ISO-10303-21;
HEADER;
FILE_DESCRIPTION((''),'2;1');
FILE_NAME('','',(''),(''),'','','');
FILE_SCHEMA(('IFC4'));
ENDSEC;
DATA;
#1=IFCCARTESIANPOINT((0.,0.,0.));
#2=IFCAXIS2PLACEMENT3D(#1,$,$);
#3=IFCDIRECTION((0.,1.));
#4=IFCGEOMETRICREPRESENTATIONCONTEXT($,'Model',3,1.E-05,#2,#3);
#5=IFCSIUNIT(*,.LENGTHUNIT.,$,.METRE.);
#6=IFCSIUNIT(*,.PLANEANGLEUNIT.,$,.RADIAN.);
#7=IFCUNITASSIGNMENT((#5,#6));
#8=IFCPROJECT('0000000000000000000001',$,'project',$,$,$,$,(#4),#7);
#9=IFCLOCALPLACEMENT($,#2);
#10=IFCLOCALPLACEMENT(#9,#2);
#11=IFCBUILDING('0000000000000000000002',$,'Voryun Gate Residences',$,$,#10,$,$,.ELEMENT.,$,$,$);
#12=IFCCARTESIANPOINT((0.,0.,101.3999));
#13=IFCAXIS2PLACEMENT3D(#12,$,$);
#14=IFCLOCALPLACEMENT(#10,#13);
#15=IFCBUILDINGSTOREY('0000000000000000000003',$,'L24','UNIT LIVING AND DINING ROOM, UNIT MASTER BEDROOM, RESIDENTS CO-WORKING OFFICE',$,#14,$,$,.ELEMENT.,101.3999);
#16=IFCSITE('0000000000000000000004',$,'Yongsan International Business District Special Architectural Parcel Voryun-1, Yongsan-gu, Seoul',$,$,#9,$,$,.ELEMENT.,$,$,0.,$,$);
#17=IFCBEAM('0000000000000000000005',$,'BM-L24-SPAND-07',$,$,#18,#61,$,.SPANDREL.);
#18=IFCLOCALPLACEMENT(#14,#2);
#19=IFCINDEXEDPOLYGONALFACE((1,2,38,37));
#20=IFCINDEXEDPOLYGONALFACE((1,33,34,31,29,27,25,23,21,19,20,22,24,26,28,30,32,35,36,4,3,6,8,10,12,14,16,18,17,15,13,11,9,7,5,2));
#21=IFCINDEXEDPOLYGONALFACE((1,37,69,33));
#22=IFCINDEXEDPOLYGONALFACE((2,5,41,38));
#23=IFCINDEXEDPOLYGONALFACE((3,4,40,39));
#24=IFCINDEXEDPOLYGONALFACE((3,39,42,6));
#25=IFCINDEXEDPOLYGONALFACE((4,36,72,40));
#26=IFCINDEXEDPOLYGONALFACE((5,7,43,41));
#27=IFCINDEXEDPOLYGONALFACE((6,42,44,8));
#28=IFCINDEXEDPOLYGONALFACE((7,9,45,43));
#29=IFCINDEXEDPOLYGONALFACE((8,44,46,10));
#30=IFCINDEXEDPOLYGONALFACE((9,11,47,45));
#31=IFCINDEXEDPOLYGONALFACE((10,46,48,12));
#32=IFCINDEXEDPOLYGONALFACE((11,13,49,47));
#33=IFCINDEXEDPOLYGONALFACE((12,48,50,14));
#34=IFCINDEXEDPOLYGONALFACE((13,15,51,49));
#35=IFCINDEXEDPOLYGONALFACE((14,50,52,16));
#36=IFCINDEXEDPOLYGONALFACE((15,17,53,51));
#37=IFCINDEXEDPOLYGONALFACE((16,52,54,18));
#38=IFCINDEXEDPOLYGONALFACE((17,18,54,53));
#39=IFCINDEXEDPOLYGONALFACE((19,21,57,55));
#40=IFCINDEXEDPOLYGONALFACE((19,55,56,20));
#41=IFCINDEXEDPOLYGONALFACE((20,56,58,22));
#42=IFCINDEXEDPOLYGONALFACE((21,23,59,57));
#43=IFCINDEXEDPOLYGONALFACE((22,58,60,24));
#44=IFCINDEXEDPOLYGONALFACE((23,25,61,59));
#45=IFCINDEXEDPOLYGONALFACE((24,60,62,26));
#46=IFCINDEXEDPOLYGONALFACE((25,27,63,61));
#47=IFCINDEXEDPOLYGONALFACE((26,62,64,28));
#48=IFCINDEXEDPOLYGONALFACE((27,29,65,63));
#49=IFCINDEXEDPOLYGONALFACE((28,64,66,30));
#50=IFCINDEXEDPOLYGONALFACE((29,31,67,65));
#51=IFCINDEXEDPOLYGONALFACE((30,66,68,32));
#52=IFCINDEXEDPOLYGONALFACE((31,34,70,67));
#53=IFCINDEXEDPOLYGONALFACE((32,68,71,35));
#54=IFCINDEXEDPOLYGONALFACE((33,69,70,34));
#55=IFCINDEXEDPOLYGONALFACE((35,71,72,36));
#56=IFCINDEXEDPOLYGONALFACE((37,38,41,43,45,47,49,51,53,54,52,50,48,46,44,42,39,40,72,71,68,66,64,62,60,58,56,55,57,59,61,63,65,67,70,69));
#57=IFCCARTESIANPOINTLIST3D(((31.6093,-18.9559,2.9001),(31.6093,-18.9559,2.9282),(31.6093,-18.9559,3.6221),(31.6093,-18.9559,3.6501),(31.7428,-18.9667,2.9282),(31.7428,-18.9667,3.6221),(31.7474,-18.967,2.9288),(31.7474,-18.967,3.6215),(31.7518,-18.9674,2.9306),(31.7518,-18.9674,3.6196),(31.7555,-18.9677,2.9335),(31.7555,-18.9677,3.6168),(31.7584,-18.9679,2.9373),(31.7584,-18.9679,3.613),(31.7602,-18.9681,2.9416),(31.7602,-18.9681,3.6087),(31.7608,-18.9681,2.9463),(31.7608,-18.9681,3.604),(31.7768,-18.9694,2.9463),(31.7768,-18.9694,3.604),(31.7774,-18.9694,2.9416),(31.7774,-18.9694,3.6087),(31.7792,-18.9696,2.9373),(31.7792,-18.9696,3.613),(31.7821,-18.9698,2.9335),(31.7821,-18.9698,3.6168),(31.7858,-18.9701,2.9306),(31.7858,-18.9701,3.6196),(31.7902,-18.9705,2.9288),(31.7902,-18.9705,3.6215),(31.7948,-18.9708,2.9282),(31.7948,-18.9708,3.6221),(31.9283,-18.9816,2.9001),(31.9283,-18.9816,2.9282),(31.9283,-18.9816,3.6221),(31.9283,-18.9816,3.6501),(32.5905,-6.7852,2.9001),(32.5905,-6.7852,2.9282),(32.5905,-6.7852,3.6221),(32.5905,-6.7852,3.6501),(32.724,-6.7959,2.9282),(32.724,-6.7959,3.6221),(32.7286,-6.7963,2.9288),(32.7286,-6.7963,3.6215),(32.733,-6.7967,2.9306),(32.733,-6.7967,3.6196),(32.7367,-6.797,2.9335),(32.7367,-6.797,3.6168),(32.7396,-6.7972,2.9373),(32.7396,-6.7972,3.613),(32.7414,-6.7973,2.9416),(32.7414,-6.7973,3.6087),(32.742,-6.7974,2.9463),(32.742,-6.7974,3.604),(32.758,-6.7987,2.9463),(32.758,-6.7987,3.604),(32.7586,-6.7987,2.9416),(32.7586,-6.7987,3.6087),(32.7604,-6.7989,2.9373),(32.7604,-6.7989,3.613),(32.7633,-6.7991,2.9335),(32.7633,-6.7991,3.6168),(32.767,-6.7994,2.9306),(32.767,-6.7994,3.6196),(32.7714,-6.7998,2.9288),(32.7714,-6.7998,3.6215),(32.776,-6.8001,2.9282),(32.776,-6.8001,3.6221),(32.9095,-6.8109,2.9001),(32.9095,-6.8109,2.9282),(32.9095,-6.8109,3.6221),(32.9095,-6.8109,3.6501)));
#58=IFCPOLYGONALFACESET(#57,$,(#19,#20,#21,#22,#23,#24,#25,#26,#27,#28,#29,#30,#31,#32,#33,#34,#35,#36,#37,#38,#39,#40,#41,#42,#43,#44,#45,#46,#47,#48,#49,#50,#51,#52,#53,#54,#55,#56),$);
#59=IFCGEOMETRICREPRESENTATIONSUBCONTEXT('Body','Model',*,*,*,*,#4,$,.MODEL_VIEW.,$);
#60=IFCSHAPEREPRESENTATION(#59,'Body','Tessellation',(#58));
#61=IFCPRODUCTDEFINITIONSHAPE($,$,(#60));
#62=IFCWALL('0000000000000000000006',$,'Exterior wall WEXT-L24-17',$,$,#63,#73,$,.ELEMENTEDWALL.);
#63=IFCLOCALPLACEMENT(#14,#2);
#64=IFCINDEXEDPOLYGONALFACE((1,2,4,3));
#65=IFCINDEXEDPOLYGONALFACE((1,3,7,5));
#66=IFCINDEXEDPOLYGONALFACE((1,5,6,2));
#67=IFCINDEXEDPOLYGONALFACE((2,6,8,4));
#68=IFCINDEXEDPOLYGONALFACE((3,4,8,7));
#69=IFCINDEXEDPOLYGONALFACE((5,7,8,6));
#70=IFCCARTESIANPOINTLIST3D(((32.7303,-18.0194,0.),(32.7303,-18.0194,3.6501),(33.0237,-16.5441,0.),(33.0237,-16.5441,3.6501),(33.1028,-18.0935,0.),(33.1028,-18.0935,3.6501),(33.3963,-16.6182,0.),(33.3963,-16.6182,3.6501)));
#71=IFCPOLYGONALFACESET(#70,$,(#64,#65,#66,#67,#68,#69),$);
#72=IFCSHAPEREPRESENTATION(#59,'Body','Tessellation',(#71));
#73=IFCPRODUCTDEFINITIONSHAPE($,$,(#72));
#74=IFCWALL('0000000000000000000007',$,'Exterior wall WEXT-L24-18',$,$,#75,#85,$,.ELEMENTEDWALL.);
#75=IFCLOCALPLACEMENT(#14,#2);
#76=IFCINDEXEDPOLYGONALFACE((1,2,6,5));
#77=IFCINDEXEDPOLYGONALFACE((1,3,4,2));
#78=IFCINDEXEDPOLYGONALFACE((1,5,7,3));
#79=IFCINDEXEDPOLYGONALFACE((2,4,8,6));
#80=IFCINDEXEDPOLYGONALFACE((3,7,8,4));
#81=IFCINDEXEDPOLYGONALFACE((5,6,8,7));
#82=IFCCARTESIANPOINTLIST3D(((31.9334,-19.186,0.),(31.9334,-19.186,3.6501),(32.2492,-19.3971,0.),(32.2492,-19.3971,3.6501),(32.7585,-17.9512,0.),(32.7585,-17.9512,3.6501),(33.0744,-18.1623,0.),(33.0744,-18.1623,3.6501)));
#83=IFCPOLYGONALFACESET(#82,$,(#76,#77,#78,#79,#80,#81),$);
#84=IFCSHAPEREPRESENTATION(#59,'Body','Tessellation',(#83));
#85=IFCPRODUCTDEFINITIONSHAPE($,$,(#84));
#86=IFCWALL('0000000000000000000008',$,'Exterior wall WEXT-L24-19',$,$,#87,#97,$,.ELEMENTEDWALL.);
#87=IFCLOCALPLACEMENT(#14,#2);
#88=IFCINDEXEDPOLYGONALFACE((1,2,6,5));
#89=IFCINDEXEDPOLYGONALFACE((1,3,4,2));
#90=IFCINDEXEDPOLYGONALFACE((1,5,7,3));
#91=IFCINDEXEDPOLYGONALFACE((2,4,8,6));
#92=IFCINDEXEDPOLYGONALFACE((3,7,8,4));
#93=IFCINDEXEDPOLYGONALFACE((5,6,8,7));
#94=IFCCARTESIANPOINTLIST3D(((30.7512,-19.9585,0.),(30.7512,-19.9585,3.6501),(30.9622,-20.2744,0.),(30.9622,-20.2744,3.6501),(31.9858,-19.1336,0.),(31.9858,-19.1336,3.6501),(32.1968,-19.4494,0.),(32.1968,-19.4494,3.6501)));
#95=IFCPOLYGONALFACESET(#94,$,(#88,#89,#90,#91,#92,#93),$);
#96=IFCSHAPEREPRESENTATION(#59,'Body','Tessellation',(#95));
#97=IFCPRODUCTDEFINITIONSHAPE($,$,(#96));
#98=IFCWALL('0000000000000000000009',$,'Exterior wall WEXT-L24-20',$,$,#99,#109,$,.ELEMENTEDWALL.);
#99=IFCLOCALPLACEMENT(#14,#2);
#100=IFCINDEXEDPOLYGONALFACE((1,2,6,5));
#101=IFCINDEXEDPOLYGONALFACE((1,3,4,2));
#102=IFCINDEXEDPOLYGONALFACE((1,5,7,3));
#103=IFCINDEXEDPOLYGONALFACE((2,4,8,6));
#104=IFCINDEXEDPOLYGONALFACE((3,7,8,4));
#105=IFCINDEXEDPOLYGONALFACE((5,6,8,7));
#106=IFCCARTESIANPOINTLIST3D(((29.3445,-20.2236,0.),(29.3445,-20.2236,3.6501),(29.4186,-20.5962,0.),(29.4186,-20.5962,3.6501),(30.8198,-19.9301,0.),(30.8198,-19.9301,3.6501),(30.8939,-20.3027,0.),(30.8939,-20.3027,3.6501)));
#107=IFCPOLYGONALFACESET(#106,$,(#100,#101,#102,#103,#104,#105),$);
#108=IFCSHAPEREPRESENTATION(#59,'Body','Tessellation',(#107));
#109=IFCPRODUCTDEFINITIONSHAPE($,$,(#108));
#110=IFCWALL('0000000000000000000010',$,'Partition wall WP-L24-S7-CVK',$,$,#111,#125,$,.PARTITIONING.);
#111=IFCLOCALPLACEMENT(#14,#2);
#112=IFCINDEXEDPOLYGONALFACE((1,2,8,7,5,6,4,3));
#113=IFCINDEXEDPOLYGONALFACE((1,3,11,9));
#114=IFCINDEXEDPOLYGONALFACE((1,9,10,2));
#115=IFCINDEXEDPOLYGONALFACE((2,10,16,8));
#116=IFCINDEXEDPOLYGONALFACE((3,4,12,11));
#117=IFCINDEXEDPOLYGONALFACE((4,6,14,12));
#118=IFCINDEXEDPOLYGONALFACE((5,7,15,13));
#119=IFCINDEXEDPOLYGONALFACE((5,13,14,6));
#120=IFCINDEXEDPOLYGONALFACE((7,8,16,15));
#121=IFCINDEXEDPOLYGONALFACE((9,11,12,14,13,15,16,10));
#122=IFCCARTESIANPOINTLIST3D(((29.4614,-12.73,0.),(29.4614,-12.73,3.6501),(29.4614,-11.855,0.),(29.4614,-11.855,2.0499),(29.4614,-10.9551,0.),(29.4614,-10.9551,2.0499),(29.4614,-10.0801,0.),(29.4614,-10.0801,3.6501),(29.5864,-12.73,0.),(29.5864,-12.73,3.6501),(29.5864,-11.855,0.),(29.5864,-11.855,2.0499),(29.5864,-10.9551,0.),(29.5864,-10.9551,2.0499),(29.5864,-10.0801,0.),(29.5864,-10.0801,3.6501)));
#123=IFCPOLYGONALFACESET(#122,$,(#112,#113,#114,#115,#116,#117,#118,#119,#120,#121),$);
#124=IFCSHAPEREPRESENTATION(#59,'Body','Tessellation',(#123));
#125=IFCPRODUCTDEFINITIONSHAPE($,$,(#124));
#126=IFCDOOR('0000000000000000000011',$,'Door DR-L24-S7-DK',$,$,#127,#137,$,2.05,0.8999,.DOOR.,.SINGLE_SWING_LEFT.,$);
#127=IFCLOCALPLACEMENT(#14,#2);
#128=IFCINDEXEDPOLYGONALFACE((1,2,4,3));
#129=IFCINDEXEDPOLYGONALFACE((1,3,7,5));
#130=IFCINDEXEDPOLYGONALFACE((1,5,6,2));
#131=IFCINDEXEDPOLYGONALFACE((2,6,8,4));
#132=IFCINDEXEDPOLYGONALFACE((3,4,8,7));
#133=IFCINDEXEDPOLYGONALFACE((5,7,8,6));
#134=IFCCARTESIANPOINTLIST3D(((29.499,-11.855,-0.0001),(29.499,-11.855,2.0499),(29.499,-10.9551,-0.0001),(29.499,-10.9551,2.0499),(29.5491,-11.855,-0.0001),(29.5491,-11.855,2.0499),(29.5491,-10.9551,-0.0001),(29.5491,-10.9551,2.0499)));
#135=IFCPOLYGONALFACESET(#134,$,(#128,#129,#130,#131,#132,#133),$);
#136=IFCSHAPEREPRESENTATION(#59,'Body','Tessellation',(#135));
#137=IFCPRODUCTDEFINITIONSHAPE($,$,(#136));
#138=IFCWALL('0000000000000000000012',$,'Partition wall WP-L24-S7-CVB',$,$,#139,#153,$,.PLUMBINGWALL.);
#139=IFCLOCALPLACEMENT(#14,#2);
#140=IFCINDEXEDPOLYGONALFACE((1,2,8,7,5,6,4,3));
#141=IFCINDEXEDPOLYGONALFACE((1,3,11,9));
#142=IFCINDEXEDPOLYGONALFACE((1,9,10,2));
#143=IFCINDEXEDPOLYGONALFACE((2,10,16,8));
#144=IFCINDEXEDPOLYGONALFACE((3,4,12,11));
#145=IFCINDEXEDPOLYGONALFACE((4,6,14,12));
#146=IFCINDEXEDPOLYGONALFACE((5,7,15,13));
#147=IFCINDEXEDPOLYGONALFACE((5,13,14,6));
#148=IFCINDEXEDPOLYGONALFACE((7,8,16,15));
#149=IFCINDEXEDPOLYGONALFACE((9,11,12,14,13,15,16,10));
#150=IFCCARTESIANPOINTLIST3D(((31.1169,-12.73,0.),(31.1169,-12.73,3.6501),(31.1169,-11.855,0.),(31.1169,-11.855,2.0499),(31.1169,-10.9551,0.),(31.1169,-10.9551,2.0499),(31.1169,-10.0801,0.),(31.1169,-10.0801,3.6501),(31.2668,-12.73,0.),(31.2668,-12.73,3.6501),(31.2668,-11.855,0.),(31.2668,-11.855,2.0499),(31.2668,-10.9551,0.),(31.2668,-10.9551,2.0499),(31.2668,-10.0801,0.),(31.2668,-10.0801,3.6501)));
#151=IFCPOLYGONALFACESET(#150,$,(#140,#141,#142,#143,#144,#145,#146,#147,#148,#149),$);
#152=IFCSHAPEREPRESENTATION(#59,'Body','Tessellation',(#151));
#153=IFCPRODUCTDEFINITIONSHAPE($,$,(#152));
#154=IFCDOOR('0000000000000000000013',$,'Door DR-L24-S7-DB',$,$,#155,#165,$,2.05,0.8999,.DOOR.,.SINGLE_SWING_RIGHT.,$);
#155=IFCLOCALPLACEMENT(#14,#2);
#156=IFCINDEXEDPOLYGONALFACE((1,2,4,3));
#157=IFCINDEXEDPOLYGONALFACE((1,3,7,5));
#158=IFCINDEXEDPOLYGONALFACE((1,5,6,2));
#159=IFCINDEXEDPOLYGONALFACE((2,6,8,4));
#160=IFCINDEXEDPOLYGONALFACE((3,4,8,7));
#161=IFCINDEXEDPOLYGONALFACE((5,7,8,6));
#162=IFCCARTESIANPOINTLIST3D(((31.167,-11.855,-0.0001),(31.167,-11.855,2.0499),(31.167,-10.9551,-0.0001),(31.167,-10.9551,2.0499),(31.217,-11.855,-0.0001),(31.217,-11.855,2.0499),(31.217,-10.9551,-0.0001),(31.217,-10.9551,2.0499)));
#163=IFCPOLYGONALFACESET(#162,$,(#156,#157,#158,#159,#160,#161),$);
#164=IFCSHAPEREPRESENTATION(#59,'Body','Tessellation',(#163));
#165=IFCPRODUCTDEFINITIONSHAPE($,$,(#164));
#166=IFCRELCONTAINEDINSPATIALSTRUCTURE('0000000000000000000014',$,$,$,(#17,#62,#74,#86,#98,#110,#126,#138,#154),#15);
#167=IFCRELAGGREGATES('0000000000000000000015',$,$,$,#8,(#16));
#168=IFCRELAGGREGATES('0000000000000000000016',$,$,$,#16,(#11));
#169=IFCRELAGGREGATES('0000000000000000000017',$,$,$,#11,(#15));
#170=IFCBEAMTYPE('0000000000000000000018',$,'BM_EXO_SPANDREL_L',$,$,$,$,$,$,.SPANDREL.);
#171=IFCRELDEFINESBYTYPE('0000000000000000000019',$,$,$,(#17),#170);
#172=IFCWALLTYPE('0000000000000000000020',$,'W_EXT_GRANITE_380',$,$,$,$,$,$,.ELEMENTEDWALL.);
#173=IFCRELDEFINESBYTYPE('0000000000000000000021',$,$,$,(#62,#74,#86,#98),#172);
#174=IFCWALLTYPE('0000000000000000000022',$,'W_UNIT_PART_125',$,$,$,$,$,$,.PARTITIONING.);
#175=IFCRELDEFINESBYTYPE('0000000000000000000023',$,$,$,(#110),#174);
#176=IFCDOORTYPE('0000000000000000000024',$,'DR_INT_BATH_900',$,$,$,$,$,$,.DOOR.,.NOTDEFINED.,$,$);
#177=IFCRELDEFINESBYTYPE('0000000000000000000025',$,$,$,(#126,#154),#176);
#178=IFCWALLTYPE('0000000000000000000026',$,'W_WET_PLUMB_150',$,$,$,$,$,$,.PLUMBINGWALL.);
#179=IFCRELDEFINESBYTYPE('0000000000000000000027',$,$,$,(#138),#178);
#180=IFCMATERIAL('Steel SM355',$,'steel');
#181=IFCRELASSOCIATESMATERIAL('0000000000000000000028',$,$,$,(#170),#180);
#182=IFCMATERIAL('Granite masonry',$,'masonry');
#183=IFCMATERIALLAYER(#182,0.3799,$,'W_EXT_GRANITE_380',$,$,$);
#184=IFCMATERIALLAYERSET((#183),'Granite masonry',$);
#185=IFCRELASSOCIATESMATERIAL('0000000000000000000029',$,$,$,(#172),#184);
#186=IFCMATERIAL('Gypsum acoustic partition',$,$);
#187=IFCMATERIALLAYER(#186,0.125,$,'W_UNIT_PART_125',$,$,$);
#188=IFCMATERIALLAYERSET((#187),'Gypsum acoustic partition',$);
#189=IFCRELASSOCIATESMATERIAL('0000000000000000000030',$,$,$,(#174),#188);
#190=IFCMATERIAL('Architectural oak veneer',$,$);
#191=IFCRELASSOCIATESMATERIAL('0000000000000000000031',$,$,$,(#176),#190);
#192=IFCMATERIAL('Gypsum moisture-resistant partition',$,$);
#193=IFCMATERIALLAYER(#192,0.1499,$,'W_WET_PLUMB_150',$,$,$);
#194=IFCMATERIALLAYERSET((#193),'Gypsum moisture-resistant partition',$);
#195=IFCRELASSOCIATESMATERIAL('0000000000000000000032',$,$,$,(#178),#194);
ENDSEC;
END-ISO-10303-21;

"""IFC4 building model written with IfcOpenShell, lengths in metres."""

from ifc_helpers import new_model, si_unit, direction, frame, frame_2d, origin, origin_2d, place, context, subcontext, project, spatial, rectangle, i_section, extrude, material, layer, layer_set, material_profile, profile_set, type_object, element, fill, save


model = new_model("IFC4")

# Units and contexts
model_context = context("Model", 3, precision=1e-05, world=origin(), true_north=direction((0.0, 1.0)))
body_context = subcontext(model_context, "Body", "Model", "MODEL_VIEW")
ifc_project = project(units=[si_unit("LENGTHUNIT", "METRE"), si_unit("PLANEANGLEUNIT", "RADIAN")], contexts=[model_context])

# Site, building, storey
site_placement = place(None, origin())
site = spatial("IfcSite", under=ifc_project, at=site_placement, Name="Yongsan International Business District Special Architectural Parcel Voryun-1, Yongsan-gu, Seoul", CompositionType="ELEMENT", RefElevation=0.0)
building_placement = place(site_placement, origin())
building = spatial("IfcBuilding", under=site, at=building_placement, Name="Voryun Gate Residences", CompositionType="ELEMENT")
storey_placement = place(building_placement, frame((0.0, 0.0, 101.3999)))
storey = spatial("IfcBuildingStorey", under=building, at=storey_placement, Name="L24", Description="UNIT LIVING AND DINING ROOM, UNIT MASTER BEDROOM, RESIDENTS CO-WORKING OFFICE", CompositionType="ELEMENT", Elevation=101.3999)

# Beam
ifc_material_1 = material(Name="Steel SM355", Category="steel")
ifc_material_profile_1 = material_profile(ifc_material_1, i_section(OverallWidth=0.3201, OverallDepth=0.75, WebThickness=0.0161, FlangeThickness=0.0281, FilletRadius=0.0181, at=origin_2d()), Name="H-750x320x16x28")
ifc_profile_set_1 = profile_set([ifc_material_profile_1], Name="Steel SM355")
beam_type = type_object("IfcBeamType", Name="BM_EXO_SPANDREL_L", PredefinedType="SPANDREL", material=ifc_profile_set_1)
beam_1_placement = place(storey_placement, frame((31.7688, -18.9688, 3.2751), z_axis=(0.08036, 0.996766, 0.0), x_axis=(-0.996766, 0.08036, 0.0)))
element("IfcBeam", 1, at=beam_1_placement, inside=storey, type_object=beam_type, Name="BM-L24-SPAND-07", PredefinedType="SPANDREL", context=body_context, shape_type="SweptSolid", body=[
    extrude(i_section(OverallWidth=0.3201, OverallDepth=0.75, WebThickness=0.0161, FlangeThickness=0.0281, FilletRadius=0.0181, at=origin_2d()), origin(), (0.0, 0.0, 1.0), 12.2102),
])

# Walls
ifc_material_2 = material(Name="Granite masonry", Category="masonry")
ifc_layer_1 = layer(ifc_material_2, 0.3799, Name="W_EXT_GRANITE_380")
ifc_layer_set_1 = layer_set([ifc_layer_1], Name="Granite masonry")
wall_type_1 = type_object("IfcWallType", Name="W_EXT_GRANITE_380", PredefinedType="ELEMENTEDWALL", material=ifc_layer_set_1)
wall_1_placement = place(storey_placement, frame((33.21, -16.5813, 0.0), z_axis=(0.0, 0.0, 1.0), x_axis=(-0.195086, -0.980786, 0.0)))
element("IfcWall", 2, at=wall_1_placement, inside=storey, type_object=wall_type_1, Name="Exterior wall WEXT-L24-17", PredefinedType="ELEMENTEDWALL", context=body_context, shape_type="SweptSolid", body=[
    extrude(rectangle(XDim=1.5042, YDim=0.3799, at=frame_2d((0.752, 0.0))), origin(), (0.0, 0.0, 1.0), 3.6501),
])
wall_2_placement = place(storey_placement, frame((32.9165, -18.0566, 0.0), z_axis=(0.0, 0.0, 1.0), x_axis=(-0.55561, -0.831443, 0.0)))
element("IfcWall", 3, at=wall_2_placement, inside=storey, type_object=wall_type_1, Name="Exterior wall WEXT-L24-18", PredefinedType="ELEMENTEDWALL", context=body_context, shape_type="SweptSolid", body=[
    extrude(rectangle(XDim=1.4851, YDim=0.3799, at=frame_2d((0.7427, 0.0))), origin(), (0.0, 0.0, 1.0), 3.6501),
])
wall_3_placement = place(storey_placement, frame((32.0913, -19.2915, 0.0), z_axis=(0.0, 0.0, 1.0), x_axis=(-0.831468, -0.555573, 0.0)))
element("IfcWall", 4, at=wall_3_placement, inside=storey, type_object=wall_type_1, Name="Exterior wall WEXT-L24-19", PredefinedType="ELEMENTEDWALL", context=body_context, shape_type="SweptSolid", body=[
    extrude(rectangle(XDim=1.4849, YDim=0.3799, at=frame_2d((0.7424, 0.0))), origin(), (0.0, 0.0, 1.0), 3.6501),
])
wall_4_placement = place(storey_placement, frame((30.8567, -20.1165, 0.0), z_axis=(0.0, 0.0, 1.0), x_axis=(-0.980786, -0.195086, 0.0)))
element("IfcWall", 5, at=wall_4_placement, inside=storey, type_object=wall_type_1, Name="Exterior wall WEXT-L24-20", PredefinedType="ELEMENTEDWALL", context=body_context, shape_type="SweptSolid", body=[
    extrude(rectangle(XDim=1.5042, YDim=0.3799, at=frame_2d((0.752, 0.0))), origin(), (0.0, 0.0, 1.0), 3.6501),
])

# Walls, openings, doors
ifc_material_3 = material(Name="Gypsum acoustic partition")
ifc_layer_2 = layer(ifc_material_3, 0.125, Name="W_UNIT_PART_125")
ifc_layer_set_2 = layer_set([ifc_layer_2], Name="Gypsum acoustic partition")
wall_type_2 = type_object("IfcWallType", Name="W_UNIT_PART_125", PredefinedType="PARTITIONING", material=ifc_layer_set_2)
wall_5_placement = place(storey_placement, frame((29.5239, -12.73, 0.0), z_axis=(0.0, 0.0, 1.0), x_axis=(0.0, 1.0, 0.0)))
wall_5 = element("IfcWall", 6, at=wall_5_placement, inside=storey, type_object=wall_type_2, Name="Partition wall WP-L24-S7-CVK", PredefinedType="PARTITIONING", context=body_context, shape_type="SweptSolid", body=[
    extrude(rectangle(XDim=2.6499, YDim=0.125, at=frame_2d((1.325, 0.0))), origin(), (0.0, 0.0, 1.0), 3.6501),
])
opening_1_placement = place(wall_5_placement, frame((0.875, 0.0, 0.0)))
opening_1 = element("IfcOpeningElement", 7, at=opening_1_placement, cuts=wall_5, PredefinedType="OPENING", context=body_context, shape_type="SweptSolid", body=[
    extrude(rectangle(XDim=0.8999, YDim=2.05, at=frame_2d((0.45, 1.0249))), frame((0.0, 0.0725, 0.0), z_axis=(0.0, -1.0, 0.0), x_axis=(1.0, 0.0, 0.0)), (0.0, 0.0, 1.0), 0.145),
])
ifc_material_4 = material(Name="Architectural oak veneer")
door_type = type_object("IfcDoorType", Name="DR_INT_BATH_900", OperationType="NOTDEFINED", PredefinedType="DOOR", material=ifc_material_4)
door_1_placement = place(opening_1_placement, origin())
door_1 = element("IfcDoor", 8, at=door_1_placement, inside=storey, type_object=door_type, Name="Door DR-L24-S7-DK", OperationType="SINGLE_SWING_LEFT", OverallHeight=2.05, OverallWidth=0.8999, PredefinedType="DOOR", context=body_context, shape_type="SweptSolid", body=[
    extrude(rectangle(XDim=0.8999, YDim=2.05, at=frame_2d((0.45, 1.0249))), frame((0.0, 0.0249, 0.0), z_axis=(0.0, -1.0, 0.0), x_axis=(1.0, 0.0, 0.0)), (0.0, 0.0, 1.0), 0.05),
])
fill(opening_1, door_1)
ifc_material_5 = material(Name="Gypsum moisture-resistant partition")
ifc_layer_3 = layer(ifc_material_5, 0.1499, Name="W_WET_PLUMB_150")
ifc_layer_set_3 = layer_set([ifc_layer_3], Name="Gypsum moisture-resistant partition")
wall_type_3 = type_object("IfcWallType", Name="W_WET_PLUMB_150", PredefinedType="PLUMBINGWALL", material=ifc_layer_set_3)
wall_6_placement = place(storey_placement, frame((31.1919, -12.73, 0.0), z_axis=(0.0, 0.0, 1.0), x_axis=(0.0, 1.0, 0.0)))
wall_6 = element("IfcWall", 9, at=wall_6_placement, inside=storey, type_object=wall_type_3, Name="Partition wall WP-L24-S7-CVB", PredefinedType="PLUMBINGWALL", context=body_context, shape_type="SweptSolid", body=[
    extrude(rectangle(XDim=2.6499, YDim=0.1499, at=frame_2d((1.325, 0.0))), origin(), (0.0, 0.0, 1.0), 3.6501),
])
opening_2_placement = place(wall_6_placement, frame((0.875, 0.0, 0.0)))
opening_2 = element("IfcOpeningElement", 10, at=opening_2_placement, cuts=wall_6, PredefinedType="OPENING", context=body_context, shape_type="SweptSolid", body=[
    extrude(rectangle(XDim=0.8999, YDim=2.05, at=frame_2d((0.45, 1.0249))), frame((0.0, 0.085, 0.0), z_axis=(0.0, -1.0, 0.0), x_axis=(1.0, 0.0, 0.0)), (0.0, 0.0, 1.0), 0.1699),
])
door_2_placement = place(opening_2_placement, origin())
door_2 = element("IfcDoor", 11, at=door_2_placement, inside=storey, type_object=door_type, Name="Door DR-L24-S7-DB", OperationType="SINGLE_SWING_RIGHT", OverallHeight=2.05, OverallWidth=0.8999, PredefinedType="DOOR", context=body_context, shape_type="SweptSolid", body=[
    extrude(rectangle(XDim=0.8999, YDim=2.05, at=frame_2d((0.45, 1.0249))), frame((0.0, 0.0249, 0.0), z_axis=(0.0, -1.0, 0.0), x_axis=(1.0, 0.0, 0.0)), (0.0, 0.0, 1.0), 0.05),
])
fill(opening_2, door_2)

save(model, "model.ifc")
